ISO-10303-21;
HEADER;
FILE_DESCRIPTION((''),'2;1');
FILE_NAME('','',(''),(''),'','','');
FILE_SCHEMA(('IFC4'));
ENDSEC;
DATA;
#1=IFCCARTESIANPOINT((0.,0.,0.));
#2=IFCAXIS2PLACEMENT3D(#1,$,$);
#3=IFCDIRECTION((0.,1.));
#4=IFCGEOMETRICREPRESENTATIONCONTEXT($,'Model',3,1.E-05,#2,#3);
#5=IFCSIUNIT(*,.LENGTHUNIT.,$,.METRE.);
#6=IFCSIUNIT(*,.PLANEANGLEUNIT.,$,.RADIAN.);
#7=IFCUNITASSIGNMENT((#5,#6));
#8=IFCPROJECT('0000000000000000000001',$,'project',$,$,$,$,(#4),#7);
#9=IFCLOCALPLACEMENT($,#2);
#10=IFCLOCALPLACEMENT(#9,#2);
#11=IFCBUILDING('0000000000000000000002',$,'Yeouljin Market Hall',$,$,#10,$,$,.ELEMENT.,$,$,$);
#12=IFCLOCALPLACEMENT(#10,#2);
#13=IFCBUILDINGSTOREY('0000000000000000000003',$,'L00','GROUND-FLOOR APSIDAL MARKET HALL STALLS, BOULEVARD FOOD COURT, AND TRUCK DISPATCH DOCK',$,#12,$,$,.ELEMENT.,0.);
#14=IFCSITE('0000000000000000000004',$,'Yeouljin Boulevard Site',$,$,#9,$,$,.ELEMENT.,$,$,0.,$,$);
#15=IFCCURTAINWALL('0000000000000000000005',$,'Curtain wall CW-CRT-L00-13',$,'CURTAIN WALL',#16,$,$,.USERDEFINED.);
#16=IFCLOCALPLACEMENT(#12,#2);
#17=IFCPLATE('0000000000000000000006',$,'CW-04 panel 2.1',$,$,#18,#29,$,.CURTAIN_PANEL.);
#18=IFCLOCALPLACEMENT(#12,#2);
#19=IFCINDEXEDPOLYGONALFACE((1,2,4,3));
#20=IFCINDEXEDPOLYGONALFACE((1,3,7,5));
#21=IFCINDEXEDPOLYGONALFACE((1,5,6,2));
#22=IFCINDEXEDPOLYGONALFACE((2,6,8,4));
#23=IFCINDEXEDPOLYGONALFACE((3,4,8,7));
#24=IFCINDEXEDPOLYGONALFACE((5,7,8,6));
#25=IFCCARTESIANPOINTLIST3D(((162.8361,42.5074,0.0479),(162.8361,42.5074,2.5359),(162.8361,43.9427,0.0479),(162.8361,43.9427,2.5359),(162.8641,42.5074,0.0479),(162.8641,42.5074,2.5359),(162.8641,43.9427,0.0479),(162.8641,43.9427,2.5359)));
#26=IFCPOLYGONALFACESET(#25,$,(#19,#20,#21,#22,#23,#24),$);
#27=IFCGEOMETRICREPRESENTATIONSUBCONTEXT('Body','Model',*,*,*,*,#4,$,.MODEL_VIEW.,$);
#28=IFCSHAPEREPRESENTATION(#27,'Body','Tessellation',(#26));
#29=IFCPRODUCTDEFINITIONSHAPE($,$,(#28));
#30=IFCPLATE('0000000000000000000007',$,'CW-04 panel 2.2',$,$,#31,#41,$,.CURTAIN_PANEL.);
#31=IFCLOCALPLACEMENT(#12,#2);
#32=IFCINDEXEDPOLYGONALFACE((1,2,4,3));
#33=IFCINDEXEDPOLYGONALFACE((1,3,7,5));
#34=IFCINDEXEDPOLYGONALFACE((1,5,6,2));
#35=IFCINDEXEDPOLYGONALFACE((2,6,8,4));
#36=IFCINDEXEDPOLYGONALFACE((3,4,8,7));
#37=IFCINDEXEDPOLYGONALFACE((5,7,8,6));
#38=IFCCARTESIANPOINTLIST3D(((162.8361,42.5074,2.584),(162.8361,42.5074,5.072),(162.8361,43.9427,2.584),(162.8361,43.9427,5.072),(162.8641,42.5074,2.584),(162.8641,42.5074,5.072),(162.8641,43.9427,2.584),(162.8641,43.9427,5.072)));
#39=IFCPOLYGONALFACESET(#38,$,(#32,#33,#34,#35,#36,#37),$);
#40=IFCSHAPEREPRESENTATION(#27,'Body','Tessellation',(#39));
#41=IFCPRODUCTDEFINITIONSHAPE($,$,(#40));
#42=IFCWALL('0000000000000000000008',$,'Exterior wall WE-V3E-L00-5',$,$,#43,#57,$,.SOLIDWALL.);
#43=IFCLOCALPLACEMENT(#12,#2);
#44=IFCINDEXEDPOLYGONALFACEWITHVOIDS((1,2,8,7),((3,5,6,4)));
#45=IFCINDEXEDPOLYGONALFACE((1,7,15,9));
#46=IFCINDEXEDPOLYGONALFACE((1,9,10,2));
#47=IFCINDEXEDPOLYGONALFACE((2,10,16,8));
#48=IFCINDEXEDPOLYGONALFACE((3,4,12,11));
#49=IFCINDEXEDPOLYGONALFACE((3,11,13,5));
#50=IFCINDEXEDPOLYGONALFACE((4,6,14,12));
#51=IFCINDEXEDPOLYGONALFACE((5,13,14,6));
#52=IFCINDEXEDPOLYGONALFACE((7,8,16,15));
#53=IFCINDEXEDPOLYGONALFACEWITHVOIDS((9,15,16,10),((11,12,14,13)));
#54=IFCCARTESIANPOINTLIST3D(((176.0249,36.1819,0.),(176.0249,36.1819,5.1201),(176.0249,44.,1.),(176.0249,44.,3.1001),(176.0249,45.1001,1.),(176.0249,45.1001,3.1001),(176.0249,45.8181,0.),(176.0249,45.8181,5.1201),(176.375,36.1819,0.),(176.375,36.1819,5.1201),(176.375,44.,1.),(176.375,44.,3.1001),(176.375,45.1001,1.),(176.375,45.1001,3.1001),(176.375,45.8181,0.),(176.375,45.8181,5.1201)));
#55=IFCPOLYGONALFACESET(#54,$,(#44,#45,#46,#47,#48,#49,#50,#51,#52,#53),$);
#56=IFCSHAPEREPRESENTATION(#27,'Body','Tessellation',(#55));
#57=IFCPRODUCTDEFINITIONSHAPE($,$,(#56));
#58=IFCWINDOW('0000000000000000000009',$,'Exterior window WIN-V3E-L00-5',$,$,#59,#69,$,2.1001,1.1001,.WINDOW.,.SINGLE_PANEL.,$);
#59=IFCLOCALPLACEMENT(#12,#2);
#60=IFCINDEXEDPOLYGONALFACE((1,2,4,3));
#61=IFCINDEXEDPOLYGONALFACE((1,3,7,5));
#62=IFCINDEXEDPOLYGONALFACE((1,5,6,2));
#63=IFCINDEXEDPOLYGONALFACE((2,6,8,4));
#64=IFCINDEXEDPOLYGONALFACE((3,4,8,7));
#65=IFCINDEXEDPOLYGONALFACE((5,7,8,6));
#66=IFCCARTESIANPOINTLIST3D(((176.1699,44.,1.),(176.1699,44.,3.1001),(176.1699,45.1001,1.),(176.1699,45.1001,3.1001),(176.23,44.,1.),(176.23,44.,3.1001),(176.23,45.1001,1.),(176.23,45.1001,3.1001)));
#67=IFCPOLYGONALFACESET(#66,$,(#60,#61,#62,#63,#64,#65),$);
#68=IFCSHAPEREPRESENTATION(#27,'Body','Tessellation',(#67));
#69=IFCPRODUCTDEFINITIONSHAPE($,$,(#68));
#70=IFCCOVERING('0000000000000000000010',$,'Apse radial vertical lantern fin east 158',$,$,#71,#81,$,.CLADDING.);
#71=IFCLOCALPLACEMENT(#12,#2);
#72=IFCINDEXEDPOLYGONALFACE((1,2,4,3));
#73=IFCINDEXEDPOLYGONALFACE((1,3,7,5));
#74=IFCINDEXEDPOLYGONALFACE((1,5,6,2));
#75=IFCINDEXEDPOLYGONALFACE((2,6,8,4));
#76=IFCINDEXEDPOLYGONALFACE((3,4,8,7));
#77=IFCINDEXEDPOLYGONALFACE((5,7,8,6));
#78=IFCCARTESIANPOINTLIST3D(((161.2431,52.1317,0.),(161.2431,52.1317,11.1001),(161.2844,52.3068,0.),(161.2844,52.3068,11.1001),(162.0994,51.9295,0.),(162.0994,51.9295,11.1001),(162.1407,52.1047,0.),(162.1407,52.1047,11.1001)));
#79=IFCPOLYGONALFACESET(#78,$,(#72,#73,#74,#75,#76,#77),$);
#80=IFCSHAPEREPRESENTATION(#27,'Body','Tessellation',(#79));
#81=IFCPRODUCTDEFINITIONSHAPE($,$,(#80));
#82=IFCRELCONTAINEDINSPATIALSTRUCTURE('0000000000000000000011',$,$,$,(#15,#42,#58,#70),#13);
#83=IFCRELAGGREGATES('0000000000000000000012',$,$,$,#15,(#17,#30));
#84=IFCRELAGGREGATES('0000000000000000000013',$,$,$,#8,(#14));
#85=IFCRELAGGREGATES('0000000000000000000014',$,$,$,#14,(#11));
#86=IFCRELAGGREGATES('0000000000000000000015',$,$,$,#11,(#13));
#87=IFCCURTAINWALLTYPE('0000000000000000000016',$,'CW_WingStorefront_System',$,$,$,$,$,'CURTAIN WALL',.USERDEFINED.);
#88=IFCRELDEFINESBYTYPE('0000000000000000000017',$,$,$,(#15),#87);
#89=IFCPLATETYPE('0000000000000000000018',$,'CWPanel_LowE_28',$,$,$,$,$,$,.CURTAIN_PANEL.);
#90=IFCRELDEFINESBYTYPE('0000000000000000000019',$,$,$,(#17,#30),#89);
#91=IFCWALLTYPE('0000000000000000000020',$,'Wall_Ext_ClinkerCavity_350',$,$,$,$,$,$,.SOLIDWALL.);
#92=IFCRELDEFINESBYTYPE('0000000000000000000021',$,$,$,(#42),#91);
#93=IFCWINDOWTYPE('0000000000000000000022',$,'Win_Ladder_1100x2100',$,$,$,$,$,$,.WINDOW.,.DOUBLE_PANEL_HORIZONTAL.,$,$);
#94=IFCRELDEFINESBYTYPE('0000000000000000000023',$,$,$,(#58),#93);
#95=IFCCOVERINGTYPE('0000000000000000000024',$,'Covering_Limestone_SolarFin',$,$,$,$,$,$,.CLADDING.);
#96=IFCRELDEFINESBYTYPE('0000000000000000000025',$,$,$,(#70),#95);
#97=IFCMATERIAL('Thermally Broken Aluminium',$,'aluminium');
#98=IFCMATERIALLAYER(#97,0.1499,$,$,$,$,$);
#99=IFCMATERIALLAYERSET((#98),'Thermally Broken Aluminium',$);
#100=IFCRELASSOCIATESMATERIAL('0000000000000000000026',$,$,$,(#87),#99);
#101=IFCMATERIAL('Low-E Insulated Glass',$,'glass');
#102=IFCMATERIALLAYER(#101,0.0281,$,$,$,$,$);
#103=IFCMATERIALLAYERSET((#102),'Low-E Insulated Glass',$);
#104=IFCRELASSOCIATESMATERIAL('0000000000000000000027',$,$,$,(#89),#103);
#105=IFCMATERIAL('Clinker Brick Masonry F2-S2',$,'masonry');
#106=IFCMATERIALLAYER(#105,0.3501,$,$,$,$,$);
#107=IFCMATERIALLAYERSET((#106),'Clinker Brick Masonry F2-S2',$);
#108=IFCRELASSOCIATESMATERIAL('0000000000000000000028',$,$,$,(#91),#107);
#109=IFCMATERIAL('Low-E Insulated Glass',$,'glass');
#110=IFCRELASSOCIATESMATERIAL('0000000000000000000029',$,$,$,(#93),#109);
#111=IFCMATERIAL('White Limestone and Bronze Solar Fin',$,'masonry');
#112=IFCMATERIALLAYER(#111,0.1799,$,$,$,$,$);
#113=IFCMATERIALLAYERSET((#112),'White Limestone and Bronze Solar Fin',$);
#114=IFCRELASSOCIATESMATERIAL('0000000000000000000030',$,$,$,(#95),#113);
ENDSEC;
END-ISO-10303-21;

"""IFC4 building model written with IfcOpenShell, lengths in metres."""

from ifc_helpers import new_model, si_unit, direction, frame, frame_2d, origin, origin_2d, place, context, subcontext, project, spatial, rectangle, extrude, material, layer, layer_set, type_object, element, fill, aggregate, save


model = new_model("IFC4")

# Units and contexts
model_context = context("Model", 3, precision=1e-05, world=origin(), true_north=direction((0.0, 1.0)))
body_context = subcontext(model_context, "Body", "Model", "MODEL_VIEW")
ifc_project = project(units=[si_unit("LENGTHUNIT", "METRE"), si_unit("PLANEANGLEUNIT", "RADIAN")], contexts=[model_context])

# Site, building, storey
site_placement = place(None, origin())
site = spatial("IfcSite", under=ifc_project, at=site_placement, Name="Yeouljin Boulevard Site", CompositionType="ELEMENT", RefElevation=0.0)
building_placement = place(site_placement, origin())
building = spatial("IfcBuilding", under=site, at=building_placement, Name="Yeouljin Market Hall", CompositionType="ELEMENT")
storey_placement = place(building_placement, origin())
storey = spatial("IfcBuildingStorey", under=building, at=storey_placement, Name="L00", Description="GROUND-FLOOR APSIDAL MARKET HALL STALLS, BOULEVARD FOOD COURT, AND TRUCK DISPATCH DOCK", CompositionType="ELEMENT", Elevation=0.0)

# Curtain wall
ifc_material_1 = material(Name="Thermally Broken Aluminium", Category="aluminium")
ifc_layer_1 = layer(ifc_material_1, 0.1499)
ifc_layer_set_1 = layer_set([ifc_layer_1], Name="Thermally Broken Aluminium")
curtain_wall_type = type_object("IfcCurtainWallType", Name="CW_WingStorefront_System", ElementType="CURTAIN WALL", PredefinedType="USERDEFINED", material=ifc_layer_set_1)
curtain_wall_1_placement = place(storey_placement, origin())
curtain_wall_1 = element("IfcCurtainWall", 1, at=curtain_wall_1_placement, inside=storey, type_object=curtain_wall_type, Name="Curtain wall CW-CRT-L00-13", ObjectType="CURTAIN WALL", PredefinedType="USERDEFINED")

# Plates
ifc_material_2 = material(Name="Low-E Insulated Glass", Category="glass")
ifc_layer_2 = layer(ifc_material_2, 0.0281)
ifc_layer_set_2 = layer_set([ifc_layer_2], Name="Low-E Insulated Glass")
plate_type = type_object("IfcPlateType", Name="CWPanel_LowE_28", PredefinedType="CURTAIN_PANEL", material=ifc_layer_set_2)
plate_1_placement = place(storey_placement, frame((162.8501, 43.2251, 0.0479), z_axis=(0.0, 0.0, 1.0), x_axis=(0.0, -1.0, 0.0)))
plate_1 = element("IfcPlate", 2, at=plate_1_placement, type_object=plate_type, Name="CW-04 panel 2.1", PredefinedType="CURTAIN_PANEL", context=body_context, shape_type="SweptSolid", body=[
    extrude(rectangle(XDim=1.4353, YDim=0.0281, at=origin_2d()), origin(), (0.0, 0.0, 1.0), 2.488),
])
plate_2_placement = place(storey_placement, frame((162.8501, 43.2251, 2.584), z_axis=(0.0, 0.0, 1.0), x_axis=(0.0, -1.0, 0.0)))
plate_2 = element("IfcPlate", 3, at=plate_2_placement, type_object=plate_type, Name="CW-04 panel 2.2", PredefinedType="CURTAIN_PANEL", context=body_context, shape_type="SweptSolid", body=[
    extrude(rectangle(XDim=1.4353, YDim=0.0281, at=origin_2d()), origin(), (0.0, 0.0, 1.0), 2.488),
])
aggregate(curtain_wall_1, [plate_1, plate_2])

# Wall, opening, window
ifc_material_3 = material(Name="Clinker Brick Masonry F2-S2", Category="masonry")
ifc_layer_3 = layer(ifc_material_3, 0.3501)
ifc_layer_set_3 = layer_set([ifc_layer_3], Name="Clinker Brick Masonry F2-S2")
wall_type = type_object("IfcWallType", Name="Wall_Ext_ClinkerCavity_350", PredefinedType="SOLIDWALL", material=ifc_layer_set_3)
wall_placement = place(storey_placement, frame((176.2, 45.8181, 0.0), z_axis=(0.0, 0.0, 1.0), x_axis=(0.0, -1.0, 0.0)))
wall = element("IfcWall", 4, at=wall_placement, inside=storey, type_object=wall_type, Name="Exterior wall WE-V3E-L00-5", PredefinedType="SOLIDWALL", context=body_context, shape_type="SweptSolid", body=[
    extrude(rectangle(XDim=9.6362, YDim=0.3501, at=frame_2d((4.8181, 0.0))), origin(), (0.0, 0.0, 1.0), 5.1201),
])
opening_placement = place(wall_placement, frame((0.718, 0.0, 1.0)))
opening = element("IfcOpeningElement", 5, at=opening_placement, cuts=wall, PredefinedType="OPENING", context=body_context, shape_type="SweptSolid", body=[
    extrude(rectangle(XDim=1.1001, YDim=2.1001, at=frame_2d((0.55, 1.05))), frame((0.0, 0.1851, 0.0), z_axis=(0.0, -1.0, 0.0), x_axis=(1.0, 0.0, 0.0)), (0.0, 0.0, 1.0), 0.3701),
])
ifc_material_4 = material(Name="Low-E Insulated Glass", Category="glass")
window_type = type_object("IfcWindowType", Name="Win_Ladder_1100x2100", PartitioningType="DOUBLE_PANEL_HORIZONTAL", PredefinedType="WINDOW", material=ifc_material_4)
window_placement = place(opening_placement, origin())
window = element("IfcWindow", 6, at=window_placement, inside=storey, type_object=window_type, Name="Exterior window WIN-V3E-L00-5", OverallHeight=2.1001, OverallWidth=1.1001, PartitioningType="SINGLE_PANEL", PredefinedType="WINDOW", context=body_context, shape_type="SweptSolid", body=[
    extrude(rectangle(XDim=1.1001, YDim=2.1001, at=frame_2d((0.55, 1.05))), frame((0.0, 0.03, 0.0), z_axis=(0.0, -1.0, 0.0), x_axis=(1.0, 0.0, 0.0)), (0.0, 0.0, 1.0), 0.0601),
])
fill(opening, window)

# Covering
ifc_material_5 = material(Name="White Limestone and Bronze Solar Fin", Category="masonry")
ifc_layer_4 = layer(ifc_material_5, 0.1799)
ifc_layer_set_4 = layer_set([ifc_layer_4], Name="White Limestone and Bronze Solar Fin")
covering_type = type_object("IfcCoveringType", Name="Covering_Limestone_SolarFin", PredefinedType="CLADDING", material=ifc_layer_set_4)
covering_placement = place(storey_placement, frame((161.6919, 52.1182, 0.0), z_axis=(0.0, 0.0, 1.0), x_axis=(0.973259, -0.22971, 0.0)))
element("IfcCovering", 7, at=covering_placement, inside=storey, type_object=covering_type, Name="Apse radial vertical lantern fin east 158", PredefinedType="CLADDING", context=body_context, shape_type="SweptSolid", body=[
    extrude(rectangle(XDim=0.8799, YDim=0.1799, at=origin_2d()), origin(), (0.0, 0.0, 1.0), 11.1001),
])

save(model, "model.ifc")
